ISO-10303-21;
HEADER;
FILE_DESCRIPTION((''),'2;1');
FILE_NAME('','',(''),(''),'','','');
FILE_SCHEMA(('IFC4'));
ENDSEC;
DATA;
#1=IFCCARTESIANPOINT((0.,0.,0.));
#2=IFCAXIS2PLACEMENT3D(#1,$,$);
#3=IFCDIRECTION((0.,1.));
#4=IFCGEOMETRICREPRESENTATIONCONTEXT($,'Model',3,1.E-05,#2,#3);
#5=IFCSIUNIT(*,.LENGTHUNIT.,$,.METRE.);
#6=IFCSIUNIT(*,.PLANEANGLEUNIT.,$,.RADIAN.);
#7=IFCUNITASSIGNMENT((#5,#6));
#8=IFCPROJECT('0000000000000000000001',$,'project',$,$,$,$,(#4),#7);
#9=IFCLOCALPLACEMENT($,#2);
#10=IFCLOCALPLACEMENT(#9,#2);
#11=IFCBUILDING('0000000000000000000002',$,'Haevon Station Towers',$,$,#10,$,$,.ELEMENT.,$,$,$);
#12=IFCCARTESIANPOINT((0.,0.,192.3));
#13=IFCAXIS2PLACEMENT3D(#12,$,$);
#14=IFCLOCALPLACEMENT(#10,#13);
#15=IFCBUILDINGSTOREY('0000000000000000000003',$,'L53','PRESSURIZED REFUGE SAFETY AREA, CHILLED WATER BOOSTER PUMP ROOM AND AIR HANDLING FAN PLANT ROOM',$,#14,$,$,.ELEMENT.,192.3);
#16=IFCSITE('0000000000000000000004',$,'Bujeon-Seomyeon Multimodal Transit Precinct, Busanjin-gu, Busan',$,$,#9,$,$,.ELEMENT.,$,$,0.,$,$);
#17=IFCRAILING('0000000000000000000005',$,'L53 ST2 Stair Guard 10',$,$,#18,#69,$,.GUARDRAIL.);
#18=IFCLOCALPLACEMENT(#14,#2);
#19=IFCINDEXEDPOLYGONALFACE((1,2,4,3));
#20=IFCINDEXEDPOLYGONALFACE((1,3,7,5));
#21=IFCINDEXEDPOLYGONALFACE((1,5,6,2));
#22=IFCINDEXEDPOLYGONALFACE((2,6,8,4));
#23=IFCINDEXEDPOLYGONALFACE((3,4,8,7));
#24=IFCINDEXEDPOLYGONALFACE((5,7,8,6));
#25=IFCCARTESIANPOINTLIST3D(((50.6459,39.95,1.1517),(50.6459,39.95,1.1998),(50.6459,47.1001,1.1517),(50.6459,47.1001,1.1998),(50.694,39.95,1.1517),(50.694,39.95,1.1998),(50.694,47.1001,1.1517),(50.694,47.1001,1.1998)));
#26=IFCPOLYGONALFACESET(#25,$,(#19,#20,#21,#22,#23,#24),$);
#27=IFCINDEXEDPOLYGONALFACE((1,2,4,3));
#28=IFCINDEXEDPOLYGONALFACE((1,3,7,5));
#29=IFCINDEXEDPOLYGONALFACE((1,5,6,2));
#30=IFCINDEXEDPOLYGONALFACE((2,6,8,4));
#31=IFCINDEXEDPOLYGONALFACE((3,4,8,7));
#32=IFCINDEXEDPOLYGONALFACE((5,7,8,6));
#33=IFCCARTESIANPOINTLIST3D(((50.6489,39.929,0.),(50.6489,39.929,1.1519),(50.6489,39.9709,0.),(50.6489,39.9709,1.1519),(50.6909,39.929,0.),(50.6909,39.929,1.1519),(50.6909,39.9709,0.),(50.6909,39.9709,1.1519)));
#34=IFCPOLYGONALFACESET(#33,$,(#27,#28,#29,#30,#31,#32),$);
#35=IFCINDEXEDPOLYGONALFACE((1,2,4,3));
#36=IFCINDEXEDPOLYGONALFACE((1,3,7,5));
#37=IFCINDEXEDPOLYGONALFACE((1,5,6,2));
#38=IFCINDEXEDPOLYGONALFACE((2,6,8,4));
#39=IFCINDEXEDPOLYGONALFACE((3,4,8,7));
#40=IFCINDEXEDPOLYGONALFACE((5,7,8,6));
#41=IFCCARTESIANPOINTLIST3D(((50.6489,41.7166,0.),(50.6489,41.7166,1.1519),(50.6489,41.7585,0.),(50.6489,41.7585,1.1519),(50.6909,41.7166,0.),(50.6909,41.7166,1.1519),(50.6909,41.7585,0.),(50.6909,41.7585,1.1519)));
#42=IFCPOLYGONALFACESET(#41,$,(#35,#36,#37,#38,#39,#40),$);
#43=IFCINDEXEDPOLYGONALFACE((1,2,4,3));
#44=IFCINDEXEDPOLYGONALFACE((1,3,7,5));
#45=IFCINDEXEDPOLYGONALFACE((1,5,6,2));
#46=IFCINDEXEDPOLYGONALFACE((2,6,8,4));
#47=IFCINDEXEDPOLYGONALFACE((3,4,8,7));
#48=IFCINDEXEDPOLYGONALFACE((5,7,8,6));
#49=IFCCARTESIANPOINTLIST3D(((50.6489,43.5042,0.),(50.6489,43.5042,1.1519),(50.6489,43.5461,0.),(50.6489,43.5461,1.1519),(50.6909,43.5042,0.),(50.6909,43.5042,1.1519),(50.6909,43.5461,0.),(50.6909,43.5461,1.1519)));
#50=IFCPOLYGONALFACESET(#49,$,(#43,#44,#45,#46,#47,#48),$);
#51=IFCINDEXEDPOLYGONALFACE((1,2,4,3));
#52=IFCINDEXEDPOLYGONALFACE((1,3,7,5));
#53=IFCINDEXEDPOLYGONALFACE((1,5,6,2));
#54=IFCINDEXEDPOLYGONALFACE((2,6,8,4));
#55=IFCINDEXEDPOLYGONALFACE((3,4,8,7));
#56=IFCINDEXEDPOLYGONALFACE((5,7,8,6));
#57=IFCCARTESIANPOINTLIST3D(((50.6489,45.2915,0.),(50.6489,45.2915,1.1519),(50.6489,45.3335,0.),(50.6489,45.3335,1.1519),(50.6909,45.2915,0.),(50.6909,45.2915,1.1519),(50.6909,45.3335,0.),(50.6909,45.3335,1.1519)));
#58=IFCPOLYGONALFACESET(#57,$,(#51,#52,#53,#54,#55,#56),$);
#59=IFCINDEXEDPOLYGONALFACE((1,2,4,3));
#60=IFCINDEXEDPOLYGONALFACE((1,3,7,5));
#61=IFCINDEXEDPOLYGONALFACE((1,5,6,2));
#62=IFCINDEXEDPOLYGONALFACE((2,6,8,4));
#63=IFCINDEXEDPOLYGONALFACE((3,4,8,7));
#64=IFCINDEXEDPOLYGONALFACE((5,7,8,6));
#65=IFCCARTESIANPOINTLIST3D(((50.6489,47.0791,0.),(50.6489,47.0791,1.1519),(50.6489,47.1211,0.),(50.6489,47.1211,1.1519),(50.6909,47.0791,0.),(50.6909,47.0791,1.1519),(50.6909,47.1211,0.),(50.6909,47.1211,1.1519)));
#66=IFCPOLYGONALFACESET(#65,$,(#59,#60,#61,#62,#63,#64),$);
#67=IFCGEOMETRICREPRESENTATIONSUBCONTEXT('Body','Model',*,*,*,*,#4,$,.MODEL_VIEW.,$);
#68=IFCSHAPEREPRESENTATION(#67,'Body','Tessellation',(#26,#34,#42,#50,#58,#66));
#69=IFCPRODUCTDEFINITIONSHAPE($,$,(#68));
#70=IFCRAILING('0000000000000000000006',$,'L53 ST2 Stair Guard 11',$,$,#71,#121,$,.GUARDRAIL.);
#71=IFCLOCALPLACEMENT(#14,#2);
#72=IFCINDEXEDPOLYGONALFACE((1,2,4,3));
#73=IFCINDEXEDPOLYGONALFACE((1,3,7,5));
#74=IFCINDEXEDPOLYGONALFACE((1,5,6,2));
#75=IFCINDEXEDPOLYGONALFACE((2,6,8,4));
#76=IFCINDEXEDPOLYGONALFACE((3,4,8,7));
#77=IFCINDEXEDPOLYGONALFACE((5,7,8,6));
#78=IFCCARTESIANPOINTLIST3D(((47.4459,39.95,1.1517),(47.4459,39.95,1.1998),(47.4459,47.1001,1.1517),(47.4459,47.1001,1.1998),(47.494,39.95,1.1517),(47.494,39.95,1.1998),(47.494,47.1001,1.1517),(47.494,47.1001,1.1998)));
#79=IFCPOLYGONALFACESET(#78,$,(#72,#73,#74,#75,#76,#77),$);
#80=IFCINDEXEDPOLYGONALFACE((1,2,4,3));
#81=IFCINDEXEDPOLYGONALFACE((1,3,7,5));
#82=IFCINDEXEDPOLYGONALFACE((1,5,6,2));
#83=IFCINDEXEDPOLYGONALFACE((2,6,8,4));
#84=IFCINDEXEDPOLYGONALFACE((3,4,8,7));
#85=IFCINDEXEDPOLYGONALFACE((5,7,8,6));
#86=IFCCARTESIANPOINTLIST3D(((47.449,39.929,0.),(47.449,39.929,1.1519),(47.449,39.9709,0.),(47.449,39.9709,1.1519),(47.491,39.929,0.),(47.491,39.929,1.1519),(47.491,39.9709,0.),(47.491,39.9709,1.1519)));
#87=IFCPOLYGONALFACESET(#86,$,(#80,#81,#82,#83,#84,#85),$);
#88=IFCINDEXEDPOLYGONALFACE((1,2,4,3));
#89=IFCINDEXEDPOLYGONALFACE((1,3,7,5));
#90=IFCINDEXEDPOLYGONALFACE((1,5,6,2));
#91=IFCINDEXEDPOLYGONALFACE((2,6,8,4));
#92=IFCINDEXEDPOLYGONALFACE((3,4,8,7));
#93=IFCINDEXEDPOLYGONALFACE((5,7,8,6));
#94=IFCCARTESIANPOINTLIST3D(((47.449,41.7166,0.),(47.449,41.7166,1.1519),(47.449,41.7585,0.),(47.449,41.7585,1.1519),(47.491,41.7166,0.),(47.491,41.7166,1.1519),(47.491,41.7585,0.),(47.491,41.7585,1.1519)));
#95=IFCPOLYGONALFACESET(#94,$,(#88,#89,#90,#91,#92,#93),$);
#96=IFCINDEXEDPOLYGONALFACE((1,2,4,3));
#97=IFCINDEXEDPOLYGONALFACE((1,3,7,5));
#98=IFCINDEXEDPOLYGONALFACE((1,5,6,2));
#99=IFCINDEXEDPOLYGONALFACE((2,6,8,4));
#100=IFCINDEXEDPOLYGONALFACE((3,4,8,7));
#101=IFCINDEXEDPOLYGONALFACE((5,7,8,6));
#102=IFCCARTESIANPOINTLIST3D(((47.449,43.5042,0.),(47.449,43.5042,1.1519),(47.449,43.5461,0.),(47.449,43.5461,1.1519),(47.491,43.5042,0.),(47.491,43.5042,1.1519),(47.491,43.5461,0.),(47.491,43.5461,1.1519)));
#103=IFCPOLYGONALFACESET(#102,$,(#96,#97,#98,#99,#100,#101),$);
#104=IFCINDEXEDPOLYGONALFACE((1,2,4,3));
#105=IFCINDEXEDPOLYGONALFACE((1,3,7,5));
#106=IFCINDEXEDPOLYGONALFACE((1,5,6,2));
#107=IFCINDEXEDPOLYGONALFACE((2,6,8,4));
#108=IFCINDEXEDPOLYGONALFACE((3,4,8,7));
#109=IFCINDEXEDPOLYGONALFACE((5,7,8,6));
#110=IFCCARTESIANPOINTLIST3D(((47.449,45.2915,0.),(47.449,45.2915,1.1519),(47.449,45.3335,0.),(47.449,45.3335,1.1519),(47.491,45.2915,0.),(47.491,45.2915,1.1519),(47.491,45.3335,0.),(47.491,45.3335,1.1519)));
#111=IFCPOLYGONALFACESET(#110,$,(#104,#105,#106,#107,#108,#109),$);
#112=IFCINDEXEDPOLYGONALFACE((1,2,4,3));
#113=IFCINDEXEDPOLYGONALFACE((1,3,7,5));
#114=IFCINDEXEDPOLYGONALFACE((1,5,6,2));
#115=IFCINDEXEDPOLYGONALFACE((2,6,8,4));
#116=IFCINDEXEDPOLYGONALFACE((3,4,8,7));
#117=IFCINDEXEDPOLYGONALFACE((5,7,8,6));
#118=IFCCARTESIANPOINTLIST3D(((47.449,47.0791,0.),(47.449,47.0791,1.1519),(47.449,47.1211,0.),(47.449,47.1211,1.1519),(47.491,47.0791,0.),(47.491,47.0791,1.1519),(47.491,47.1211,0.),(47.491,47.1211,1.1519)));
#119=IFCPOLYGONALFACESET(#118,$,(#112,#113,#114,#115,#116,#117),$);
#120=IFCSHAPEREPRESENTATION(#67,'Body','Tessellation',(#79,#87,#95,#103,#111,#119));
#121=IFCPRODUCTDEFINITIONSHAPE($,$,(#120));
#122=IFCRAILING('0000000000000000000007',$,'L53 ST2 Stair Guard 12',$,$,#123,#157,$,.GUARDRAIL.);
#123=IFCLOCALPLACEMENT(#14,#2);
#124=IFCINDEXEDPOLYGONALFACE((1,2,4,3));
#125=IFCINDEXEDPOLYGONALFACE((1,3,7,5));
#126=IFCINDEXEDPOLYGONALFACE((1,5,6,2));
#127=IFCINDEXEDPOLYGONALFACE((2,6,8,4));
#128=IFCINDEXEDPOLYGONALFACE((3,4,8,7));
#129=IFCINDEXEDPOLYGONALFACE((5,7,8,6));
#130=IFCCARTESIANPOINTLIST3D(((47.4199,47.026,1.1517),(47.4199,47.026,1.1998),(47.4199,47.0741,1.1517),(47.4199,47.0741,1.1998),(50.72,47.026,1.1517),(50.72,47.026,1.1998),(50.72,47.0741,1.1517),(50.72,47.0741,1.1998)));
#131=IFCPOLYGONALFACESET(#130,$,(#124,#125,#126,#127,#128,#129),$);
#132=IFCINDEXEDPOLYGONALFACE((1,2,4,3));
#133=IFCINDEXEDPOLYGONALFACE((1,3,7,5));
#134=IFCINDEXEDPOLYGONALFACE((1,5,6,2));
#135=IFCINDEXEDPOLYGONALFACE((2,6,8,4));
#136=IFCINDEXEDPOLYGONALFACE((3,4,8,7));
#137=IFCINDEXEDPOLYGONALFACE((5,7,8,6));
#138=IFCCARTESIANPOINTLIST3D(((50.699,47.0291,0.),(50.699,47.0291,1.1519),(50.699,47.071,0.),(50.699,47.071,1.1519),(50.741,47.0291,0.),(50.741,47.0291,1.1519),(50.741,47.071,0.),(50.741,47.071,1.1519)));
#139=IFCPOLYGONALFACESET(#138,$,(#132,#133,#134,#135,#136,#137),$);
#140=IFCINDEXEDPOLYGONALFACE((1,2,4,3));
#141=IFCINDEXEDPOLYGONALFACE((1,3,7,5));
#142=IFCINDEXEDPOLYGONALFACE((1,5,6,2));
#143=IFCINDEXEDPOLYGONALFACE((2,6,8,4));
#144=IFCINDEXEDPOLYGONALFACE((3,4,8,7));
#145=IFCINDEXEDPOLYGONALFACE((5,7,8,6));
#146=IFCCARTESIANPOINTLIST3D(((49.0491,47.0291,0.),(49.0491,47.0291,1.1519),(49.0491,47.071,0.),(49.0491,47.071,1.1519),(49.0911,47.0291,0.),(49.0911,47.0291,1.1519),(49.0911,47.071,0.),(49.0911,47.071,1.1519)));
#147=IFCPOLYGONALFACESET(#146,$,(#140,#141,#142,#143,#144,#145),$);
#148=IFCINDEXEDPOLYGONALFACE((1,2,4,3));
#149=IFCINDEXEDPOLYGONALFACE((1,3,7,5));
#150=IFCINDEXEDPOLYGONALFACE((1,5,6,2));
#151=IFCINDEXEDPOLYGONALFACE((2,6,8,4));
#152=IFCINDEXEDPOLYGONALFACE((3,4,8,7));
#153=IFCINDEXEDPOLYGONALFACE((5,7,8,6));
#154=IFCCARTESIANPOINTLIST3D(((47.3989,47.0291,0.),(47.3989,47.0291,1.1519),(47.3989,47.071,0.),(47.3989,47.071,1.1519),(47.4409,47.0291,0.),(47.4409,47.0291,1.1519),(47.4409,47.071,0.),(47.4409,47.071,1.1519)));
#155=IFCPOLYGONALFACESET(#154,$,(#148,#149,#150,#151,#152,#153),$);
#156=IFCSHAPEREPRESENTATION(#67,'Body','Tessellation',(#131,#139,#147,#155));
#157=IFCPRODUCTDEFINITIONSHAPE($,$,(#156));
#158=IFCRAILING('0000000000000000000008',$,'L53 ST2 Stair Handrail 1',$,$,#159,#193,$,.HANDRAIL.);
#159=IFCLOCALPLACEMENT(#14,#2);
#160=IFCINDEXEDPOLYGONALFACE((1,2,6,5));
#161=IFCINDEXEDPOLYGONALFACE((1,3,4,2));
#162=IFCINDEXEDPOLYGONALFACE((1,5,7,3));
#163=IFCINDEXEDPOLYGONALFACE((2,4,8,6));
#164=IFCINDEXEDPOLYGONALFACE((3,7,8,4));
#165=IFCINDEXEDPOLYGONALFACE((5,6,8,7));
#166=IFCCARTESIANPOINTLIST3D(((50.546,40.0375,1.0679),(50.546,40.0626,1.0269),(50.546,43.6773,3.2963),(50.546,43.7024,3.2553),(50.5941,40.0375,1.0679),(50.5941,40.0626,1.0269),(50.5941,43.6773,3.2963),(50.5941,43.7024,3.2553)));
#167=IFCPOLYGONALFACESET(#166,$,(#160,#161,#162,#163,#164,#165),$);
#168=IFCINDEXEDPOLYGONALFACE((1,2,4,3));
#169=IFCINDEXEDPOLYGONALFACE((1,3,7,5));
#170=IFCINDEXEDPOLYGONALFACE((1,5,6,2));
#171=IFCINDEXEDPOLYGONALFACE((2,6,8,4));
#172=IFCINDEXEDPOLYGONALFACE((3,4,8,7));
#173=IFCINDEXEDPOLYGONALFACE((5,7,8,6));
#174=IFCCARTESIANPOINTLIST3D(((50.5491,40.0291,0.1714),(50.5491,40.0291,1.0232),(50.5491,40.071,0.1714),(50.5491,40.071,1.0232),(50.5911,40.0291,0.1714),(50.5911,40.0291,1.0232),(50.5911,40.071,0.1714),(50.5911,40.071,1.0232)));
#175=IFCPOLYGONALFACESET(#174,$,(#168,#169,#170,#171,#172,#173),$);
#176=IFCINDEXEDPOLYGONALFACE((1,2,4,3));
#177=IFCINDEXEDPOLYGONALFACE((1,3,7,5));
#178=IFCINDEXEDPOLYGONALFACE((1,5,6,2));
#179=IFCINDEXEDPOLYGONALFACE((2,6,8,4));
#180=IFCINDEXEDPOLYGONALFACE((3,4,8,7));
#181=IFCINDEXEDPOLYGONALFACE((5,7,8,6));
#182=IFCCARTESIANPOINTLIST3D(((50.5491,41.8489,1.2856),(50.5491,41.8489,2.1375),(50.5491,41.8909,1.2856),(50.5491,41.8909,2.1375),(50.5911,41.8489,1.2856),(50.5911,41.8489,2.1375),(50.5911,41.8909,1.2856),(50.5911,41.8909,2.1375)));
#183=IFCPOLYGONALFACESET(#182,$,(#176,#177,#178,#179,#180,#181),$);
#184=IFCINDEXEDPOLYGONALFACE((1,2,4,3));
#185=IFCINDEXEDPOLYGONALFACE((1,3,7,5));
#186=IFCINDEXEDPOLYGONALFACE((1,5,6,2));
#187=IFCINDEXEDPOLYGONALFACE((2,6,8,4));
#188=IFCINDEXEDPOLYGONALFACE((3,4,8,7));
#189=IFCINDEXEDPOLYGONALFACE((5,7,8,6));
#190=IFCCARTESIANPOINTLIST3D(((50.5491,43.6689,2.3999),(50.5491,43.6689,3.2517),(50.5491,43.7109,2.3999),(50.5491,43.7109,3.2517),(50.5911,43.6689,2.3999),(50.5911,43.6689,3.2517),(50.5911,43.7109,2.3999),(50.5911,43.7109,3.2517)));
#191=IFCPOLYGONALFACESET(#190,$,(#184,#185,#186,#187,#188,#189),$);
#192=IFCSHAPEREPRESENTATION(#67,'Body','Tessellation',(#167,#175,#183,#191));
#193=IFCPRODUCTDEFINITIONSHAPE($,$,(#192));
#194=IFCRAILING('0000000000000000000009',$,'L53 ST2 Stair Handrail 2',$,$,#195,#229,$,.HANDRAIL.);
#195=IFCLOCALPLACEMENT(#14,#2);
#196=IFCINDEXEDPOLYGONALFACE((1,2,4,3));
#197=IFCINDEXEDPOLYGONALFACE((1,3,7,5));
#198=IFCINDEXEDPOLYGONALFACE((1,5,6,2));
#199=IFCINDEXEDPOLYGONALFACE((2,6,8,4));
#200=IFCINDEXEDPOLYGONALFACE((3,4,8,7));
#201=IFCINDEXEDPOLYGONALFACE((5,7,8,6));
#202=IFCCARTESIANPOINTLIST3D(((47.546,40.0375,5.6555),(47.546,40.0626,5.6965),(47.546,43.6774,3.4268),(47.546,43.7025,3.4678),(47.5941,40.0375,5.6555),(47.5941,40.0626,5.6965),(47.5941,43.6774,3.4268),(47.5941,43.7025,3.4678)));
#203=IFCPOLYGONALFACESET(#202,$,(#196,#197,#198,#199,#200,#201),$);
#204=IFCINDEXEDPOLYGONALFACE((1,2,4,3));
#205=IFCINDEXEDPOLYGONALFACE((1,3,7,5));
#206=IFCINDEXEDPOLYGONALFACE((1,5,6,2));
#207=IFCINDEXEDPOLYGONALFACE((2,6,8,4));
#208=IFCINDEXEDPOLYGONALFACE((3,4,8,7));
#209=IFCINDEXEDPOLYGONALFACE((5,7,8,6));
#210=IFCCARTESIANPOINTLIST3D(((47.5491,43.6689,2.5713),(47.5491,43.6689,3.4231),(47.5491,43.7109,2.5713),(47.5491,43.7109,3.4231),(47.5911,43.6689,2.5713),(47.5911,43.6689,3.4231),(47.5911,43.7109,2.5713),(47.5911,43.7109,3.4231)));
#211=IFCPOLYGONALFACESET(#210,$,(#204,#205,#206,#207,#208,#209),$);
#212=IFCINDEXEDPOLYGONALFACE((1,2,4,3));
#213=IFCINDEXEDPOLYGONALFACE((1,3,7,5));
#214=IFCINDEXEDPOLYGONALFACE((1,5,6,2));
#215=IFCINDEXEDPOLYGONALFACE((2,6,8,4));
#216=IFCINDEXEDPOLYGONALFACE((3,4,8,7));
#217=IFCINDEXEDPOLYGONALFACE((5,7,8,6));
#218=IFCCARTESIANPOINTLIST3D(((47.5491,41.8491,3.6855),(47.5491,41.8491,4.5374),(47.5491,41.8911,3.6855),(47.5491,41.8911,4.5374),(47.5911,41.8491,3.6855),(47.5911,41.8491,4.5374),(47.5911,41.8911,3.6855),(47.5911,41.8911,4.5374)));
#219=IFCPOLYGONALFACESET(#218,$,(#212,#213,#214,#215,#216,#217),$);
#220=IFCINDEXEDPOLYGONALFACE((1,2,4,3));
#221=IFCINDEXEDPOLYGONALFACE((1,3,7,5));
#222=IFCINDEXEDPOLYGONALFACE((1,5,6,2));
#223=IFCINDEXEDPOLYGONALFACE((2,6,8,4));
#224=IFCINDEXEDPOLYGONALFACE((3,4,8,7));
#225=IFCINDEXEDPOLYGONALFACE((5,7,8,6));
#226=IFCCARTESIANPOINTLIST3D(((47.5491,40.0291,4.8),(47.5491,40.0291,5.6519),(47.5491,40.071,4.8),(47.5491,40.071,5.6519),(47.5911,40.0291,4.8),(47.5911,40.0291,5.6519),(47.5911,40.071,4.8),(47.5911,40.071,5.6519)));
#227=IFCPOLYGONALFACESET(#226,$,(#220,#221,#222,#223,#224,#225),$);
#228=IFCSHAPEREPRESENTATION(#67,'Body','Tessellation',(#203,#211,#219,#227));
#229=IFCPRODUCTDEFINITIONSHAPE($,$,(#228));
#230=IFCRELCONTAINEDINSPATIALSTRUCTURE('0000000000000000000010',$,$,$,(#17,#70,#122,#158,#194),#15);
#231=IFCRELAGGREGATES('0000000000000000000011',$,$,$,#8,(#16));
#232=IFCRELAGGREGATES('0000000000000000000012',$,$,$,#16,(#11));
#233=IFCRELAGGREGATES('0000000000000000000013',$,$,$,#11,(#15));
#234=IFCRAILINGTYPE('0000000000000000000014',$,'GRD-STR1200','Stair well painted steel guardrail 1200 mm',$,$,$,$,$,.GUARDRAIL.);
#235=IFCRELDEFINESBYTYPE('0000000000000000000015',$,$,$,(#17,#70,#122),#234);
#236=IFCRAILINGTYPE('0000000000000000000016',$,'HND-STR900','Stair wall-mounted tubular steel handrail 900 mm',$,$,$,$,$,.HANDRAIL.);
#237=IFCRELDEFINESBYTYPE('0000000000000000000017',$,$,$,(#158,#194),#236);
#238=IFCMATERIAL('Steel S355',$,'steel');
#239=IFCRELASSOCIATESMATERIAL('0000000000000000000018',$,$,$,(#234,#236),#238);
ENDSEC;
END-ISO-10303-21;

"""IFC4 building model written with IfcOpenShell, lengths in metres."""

from ifc_helpers import new_model, si_unit, direction, frame, origin, origin_2d, place, context, subcontext, project, spatial, rectangle, extrude, material, type_object, element, save


model = new_model("IFC4")

# Units and contexts
model_context = context("Model", 3, precision=1e-05, world=origin(), true_north=direction((0.0, 1.0)))
body_context = subcontext(model_context, "Body", "Model", "MODEL_VIEW")
ifc_project = project(units=[si_unit("LENGTHUNIT", "METRE"), si_unit("PLANEANGLEUNIT", "RADIAN")], contexts=[model_context])

# Site, building, storey
site_placement = place(None, origin())
site = spatial("IfcSite", under=ifc_project, at=site_placement, Name="Bujeon-Seomyeon Multimodal Transit Precinct, Busanjin-gu, Busan", CompositionType="ELEMENT", RefElevation=0.0)
building_placement = place(site_placement, origin())
building = spatial("IfcBuilding", under=site, at=building_placement, Name="Haevon Station Towers", CompositionType="ELEMENT")
storey_placement = place(building_placement, frame((0.0, 0.0, 192.3)))
storey = spatial("IfcBuildingStorey", under=building, at=storey_placement, Name="L53", Description="PRESSURIZED REFUGE SAFETY AREA, CHILLED WATER BOOSTER PUMP ROOM AND AIR HANDLING FAN PLANT ROOM", CompositionType="ELEMENT", Elevation=192.3)

# Shared definitions
ifc_material_1 = material(Name="Steel S355", Category="steel")

# Railings
railing_type_1 = type_object("IfcRailingType", Name="GRD-STR1200", Description="Stair well painted steel guardrail 1200 mm", PredefinedType="GUARDRAIL", material=ifc_material_1)
for number, where, name in (
    (1, (50.6699, 39.95, 0.0), "L53 ST2 Stair Guard 10"),
    (2, (47.47, 39.95, 0.0), "L53 ST2 Stair Guard 11"),
):
    element("IfcRailing", number, at=place(storey_placement, frame(where)), inside=storey, type_object=railing_type_1, Name=name, PredefinedType="GUARDRAIL", context=body_context, shape_type="SweptSolid", body=[
        extrude(rectangle(XDim=0.0481, YDim=0.0481, at=origin_2d()), frame((0.0, 0.0, 1.1758), z_axis=(0.0, 1.0, 0.0), x_axis=(-1.0, 0.0, 0.0)), (0.0, 0.0, 1.0), 7.1501),
        extrude(rectangle(XDim=0.042, YDim=0.042, at=origin_2d()), origin(), (0.0, 0.0, 1.0), 1.1519),
        extrude(rectangle(XDim=0.042, YDim=0.042, at=origin_2d()), frame((0.0, 1.7876, 0.0)), (0.0, 0.0, 1.0), 1.1519),
        extrude(rectangle(XDim=0.042, YDim=0.042, at=origin_2d()), frame((0.0, 3.5752, 0.0)), (0.0, 0.0, 1.0), 1.1519),
        extrude(rectangle(XDim=0.042, YDim=0.042, at=origin_2d()), frame((0.0, 5.3625, 0.0)), (0.0, 0.0, 1.0), 1.1519),
        extrude(rectangle(XDim=0.042, YDim=0.042, at=origin_2d()), frame((0.0, 7.1501, 0.0)), (0.0, 0.0, 1.0), 1.1519),
    ])
railing_1_placement = place(storey_placement, frame((50.72, 47.05, 0.0)))
element("IfcRailing", 3, at=railing_1_placement, inside=storey, type_object=railing_type_1, Name="L53 ST2 Stair Guard 12", PredefinedType="GUARDRAIL", context=body_context, shape_type="SweptSolid", body=[
    extrude(rectangle(XDim=0.0481, YDim=0.0481, at=origin_2d()), frame((0.0, 0.0, 1.1758), z_axis=(-1.0, 0.0, 0.0), x_axis=(0.0, -1.0, 0.0)), (0.0, 0.0, 1.0), 3.3),
    extrude(rectangle(XDim=0.042, YDim=0.042, at=origin_2d()), origin(), (0.0, 0.0, 1.0), 1.1519),
    extrude(rectangle(XDim=0.042, YDim=0.042, at=origin_2d()), frame((-1.6499, 0.0, 0.0)), (0.0, 0.0, 1.0), 1.1519),
    extrude(rectangle(XDim=0.042, YDim=0.042, at=origin_2d()), frame((-3.3, 0.0, 0.0)), (0.0, 0.0, 1.0), 1.1519),
])
railing_type_2 = type_object("IfcRailingType", Name="HND-STR900", Description="Stair wall-mounted tubular steel handrail 900 mm", PredefinedType="HANDRAIL", material=ifc_material_1)
railing_2_placement = place(storey_placement, frame((50.5701, 40.05, 0.1714)))
element("IfcRailing", 4, at=railing_2_placement, inside=storey, type_object=railing_type_2, Name="L53 ST2 Stair Handrail 1", PredefinedType="HANDRAIL", context=body_context, shape_type="SweptSolid", body=[
    extrude(rectangle(XDim=0.0481, YDim=0.0481, at=origin_2d()), frame((0.0, 0.0, 0.876), z_axis=(0.0, 0.85285, 0.522156), x_axis=(-1.0, 0.0, 0.0)), (0.0, 0.0, 1.0), 4.2678),
    extrude(rectangle(XDim=0.042, YDim=0.042, at=origin_2d()), origin(), (0.0, 0.0, 1.0), 0.8518),
    extrude(rectangle(XDim=0.042, YDim=0.042, at=origin_2d()), frame((0.0, 1.8198, 1.1143)), (0.0, 0.0, 1.0), 0.8518),
    extrude(rectangle(XDim=0.042, YDim=0.042, at=origin_2d()), frame((0.0, 3.6399, 2.2285)), (0.0, 0.0, 1.0), 0.8518),
])
railing_3_placement = place(storey_placement, frame((47.5701, 43.6899, 2.5713)))
element("IfcRailing", 5, at=railing_3_placement, inside=storey, type_object=railing_type_2, Name="L53 ST2 Stair Handrail 2", PredefinedType="HANDRAIL", context=body_context, shape_type="SweptSolid", body=[
    extrude(rectangle(XDim=0.0481, YDim=0.0481, at=origin_2d()), frame((0.0, 0.0, 0.876), z_axis=(0.0, -0.852825, 0.522197), x_axis=(1.0, 0.0, 0.0)), (0.0, 0.0, 1.0), 4.2681),
    extrude(rectangle(XDim=0.042, YDim=0.042, at=origin_2d()), origin(), (0.0, 0.0, 1.0), 0.8518),
    extrude(rectangle(XDim=0.042, YDim=0.042, at=origin_2d()), frame((0.0, -1.8198, 1.1143)), (0.0, 0.0, 1.0), 0.8518),
    extrude(rectangle(XDim=0.042, YDim=0.042, at=origin_2d()), frame((0.0, -3.6399, 2.2288)), (0.0, 0.0, 1.0), 0.8518),
])

save(model, "model.ifc")
